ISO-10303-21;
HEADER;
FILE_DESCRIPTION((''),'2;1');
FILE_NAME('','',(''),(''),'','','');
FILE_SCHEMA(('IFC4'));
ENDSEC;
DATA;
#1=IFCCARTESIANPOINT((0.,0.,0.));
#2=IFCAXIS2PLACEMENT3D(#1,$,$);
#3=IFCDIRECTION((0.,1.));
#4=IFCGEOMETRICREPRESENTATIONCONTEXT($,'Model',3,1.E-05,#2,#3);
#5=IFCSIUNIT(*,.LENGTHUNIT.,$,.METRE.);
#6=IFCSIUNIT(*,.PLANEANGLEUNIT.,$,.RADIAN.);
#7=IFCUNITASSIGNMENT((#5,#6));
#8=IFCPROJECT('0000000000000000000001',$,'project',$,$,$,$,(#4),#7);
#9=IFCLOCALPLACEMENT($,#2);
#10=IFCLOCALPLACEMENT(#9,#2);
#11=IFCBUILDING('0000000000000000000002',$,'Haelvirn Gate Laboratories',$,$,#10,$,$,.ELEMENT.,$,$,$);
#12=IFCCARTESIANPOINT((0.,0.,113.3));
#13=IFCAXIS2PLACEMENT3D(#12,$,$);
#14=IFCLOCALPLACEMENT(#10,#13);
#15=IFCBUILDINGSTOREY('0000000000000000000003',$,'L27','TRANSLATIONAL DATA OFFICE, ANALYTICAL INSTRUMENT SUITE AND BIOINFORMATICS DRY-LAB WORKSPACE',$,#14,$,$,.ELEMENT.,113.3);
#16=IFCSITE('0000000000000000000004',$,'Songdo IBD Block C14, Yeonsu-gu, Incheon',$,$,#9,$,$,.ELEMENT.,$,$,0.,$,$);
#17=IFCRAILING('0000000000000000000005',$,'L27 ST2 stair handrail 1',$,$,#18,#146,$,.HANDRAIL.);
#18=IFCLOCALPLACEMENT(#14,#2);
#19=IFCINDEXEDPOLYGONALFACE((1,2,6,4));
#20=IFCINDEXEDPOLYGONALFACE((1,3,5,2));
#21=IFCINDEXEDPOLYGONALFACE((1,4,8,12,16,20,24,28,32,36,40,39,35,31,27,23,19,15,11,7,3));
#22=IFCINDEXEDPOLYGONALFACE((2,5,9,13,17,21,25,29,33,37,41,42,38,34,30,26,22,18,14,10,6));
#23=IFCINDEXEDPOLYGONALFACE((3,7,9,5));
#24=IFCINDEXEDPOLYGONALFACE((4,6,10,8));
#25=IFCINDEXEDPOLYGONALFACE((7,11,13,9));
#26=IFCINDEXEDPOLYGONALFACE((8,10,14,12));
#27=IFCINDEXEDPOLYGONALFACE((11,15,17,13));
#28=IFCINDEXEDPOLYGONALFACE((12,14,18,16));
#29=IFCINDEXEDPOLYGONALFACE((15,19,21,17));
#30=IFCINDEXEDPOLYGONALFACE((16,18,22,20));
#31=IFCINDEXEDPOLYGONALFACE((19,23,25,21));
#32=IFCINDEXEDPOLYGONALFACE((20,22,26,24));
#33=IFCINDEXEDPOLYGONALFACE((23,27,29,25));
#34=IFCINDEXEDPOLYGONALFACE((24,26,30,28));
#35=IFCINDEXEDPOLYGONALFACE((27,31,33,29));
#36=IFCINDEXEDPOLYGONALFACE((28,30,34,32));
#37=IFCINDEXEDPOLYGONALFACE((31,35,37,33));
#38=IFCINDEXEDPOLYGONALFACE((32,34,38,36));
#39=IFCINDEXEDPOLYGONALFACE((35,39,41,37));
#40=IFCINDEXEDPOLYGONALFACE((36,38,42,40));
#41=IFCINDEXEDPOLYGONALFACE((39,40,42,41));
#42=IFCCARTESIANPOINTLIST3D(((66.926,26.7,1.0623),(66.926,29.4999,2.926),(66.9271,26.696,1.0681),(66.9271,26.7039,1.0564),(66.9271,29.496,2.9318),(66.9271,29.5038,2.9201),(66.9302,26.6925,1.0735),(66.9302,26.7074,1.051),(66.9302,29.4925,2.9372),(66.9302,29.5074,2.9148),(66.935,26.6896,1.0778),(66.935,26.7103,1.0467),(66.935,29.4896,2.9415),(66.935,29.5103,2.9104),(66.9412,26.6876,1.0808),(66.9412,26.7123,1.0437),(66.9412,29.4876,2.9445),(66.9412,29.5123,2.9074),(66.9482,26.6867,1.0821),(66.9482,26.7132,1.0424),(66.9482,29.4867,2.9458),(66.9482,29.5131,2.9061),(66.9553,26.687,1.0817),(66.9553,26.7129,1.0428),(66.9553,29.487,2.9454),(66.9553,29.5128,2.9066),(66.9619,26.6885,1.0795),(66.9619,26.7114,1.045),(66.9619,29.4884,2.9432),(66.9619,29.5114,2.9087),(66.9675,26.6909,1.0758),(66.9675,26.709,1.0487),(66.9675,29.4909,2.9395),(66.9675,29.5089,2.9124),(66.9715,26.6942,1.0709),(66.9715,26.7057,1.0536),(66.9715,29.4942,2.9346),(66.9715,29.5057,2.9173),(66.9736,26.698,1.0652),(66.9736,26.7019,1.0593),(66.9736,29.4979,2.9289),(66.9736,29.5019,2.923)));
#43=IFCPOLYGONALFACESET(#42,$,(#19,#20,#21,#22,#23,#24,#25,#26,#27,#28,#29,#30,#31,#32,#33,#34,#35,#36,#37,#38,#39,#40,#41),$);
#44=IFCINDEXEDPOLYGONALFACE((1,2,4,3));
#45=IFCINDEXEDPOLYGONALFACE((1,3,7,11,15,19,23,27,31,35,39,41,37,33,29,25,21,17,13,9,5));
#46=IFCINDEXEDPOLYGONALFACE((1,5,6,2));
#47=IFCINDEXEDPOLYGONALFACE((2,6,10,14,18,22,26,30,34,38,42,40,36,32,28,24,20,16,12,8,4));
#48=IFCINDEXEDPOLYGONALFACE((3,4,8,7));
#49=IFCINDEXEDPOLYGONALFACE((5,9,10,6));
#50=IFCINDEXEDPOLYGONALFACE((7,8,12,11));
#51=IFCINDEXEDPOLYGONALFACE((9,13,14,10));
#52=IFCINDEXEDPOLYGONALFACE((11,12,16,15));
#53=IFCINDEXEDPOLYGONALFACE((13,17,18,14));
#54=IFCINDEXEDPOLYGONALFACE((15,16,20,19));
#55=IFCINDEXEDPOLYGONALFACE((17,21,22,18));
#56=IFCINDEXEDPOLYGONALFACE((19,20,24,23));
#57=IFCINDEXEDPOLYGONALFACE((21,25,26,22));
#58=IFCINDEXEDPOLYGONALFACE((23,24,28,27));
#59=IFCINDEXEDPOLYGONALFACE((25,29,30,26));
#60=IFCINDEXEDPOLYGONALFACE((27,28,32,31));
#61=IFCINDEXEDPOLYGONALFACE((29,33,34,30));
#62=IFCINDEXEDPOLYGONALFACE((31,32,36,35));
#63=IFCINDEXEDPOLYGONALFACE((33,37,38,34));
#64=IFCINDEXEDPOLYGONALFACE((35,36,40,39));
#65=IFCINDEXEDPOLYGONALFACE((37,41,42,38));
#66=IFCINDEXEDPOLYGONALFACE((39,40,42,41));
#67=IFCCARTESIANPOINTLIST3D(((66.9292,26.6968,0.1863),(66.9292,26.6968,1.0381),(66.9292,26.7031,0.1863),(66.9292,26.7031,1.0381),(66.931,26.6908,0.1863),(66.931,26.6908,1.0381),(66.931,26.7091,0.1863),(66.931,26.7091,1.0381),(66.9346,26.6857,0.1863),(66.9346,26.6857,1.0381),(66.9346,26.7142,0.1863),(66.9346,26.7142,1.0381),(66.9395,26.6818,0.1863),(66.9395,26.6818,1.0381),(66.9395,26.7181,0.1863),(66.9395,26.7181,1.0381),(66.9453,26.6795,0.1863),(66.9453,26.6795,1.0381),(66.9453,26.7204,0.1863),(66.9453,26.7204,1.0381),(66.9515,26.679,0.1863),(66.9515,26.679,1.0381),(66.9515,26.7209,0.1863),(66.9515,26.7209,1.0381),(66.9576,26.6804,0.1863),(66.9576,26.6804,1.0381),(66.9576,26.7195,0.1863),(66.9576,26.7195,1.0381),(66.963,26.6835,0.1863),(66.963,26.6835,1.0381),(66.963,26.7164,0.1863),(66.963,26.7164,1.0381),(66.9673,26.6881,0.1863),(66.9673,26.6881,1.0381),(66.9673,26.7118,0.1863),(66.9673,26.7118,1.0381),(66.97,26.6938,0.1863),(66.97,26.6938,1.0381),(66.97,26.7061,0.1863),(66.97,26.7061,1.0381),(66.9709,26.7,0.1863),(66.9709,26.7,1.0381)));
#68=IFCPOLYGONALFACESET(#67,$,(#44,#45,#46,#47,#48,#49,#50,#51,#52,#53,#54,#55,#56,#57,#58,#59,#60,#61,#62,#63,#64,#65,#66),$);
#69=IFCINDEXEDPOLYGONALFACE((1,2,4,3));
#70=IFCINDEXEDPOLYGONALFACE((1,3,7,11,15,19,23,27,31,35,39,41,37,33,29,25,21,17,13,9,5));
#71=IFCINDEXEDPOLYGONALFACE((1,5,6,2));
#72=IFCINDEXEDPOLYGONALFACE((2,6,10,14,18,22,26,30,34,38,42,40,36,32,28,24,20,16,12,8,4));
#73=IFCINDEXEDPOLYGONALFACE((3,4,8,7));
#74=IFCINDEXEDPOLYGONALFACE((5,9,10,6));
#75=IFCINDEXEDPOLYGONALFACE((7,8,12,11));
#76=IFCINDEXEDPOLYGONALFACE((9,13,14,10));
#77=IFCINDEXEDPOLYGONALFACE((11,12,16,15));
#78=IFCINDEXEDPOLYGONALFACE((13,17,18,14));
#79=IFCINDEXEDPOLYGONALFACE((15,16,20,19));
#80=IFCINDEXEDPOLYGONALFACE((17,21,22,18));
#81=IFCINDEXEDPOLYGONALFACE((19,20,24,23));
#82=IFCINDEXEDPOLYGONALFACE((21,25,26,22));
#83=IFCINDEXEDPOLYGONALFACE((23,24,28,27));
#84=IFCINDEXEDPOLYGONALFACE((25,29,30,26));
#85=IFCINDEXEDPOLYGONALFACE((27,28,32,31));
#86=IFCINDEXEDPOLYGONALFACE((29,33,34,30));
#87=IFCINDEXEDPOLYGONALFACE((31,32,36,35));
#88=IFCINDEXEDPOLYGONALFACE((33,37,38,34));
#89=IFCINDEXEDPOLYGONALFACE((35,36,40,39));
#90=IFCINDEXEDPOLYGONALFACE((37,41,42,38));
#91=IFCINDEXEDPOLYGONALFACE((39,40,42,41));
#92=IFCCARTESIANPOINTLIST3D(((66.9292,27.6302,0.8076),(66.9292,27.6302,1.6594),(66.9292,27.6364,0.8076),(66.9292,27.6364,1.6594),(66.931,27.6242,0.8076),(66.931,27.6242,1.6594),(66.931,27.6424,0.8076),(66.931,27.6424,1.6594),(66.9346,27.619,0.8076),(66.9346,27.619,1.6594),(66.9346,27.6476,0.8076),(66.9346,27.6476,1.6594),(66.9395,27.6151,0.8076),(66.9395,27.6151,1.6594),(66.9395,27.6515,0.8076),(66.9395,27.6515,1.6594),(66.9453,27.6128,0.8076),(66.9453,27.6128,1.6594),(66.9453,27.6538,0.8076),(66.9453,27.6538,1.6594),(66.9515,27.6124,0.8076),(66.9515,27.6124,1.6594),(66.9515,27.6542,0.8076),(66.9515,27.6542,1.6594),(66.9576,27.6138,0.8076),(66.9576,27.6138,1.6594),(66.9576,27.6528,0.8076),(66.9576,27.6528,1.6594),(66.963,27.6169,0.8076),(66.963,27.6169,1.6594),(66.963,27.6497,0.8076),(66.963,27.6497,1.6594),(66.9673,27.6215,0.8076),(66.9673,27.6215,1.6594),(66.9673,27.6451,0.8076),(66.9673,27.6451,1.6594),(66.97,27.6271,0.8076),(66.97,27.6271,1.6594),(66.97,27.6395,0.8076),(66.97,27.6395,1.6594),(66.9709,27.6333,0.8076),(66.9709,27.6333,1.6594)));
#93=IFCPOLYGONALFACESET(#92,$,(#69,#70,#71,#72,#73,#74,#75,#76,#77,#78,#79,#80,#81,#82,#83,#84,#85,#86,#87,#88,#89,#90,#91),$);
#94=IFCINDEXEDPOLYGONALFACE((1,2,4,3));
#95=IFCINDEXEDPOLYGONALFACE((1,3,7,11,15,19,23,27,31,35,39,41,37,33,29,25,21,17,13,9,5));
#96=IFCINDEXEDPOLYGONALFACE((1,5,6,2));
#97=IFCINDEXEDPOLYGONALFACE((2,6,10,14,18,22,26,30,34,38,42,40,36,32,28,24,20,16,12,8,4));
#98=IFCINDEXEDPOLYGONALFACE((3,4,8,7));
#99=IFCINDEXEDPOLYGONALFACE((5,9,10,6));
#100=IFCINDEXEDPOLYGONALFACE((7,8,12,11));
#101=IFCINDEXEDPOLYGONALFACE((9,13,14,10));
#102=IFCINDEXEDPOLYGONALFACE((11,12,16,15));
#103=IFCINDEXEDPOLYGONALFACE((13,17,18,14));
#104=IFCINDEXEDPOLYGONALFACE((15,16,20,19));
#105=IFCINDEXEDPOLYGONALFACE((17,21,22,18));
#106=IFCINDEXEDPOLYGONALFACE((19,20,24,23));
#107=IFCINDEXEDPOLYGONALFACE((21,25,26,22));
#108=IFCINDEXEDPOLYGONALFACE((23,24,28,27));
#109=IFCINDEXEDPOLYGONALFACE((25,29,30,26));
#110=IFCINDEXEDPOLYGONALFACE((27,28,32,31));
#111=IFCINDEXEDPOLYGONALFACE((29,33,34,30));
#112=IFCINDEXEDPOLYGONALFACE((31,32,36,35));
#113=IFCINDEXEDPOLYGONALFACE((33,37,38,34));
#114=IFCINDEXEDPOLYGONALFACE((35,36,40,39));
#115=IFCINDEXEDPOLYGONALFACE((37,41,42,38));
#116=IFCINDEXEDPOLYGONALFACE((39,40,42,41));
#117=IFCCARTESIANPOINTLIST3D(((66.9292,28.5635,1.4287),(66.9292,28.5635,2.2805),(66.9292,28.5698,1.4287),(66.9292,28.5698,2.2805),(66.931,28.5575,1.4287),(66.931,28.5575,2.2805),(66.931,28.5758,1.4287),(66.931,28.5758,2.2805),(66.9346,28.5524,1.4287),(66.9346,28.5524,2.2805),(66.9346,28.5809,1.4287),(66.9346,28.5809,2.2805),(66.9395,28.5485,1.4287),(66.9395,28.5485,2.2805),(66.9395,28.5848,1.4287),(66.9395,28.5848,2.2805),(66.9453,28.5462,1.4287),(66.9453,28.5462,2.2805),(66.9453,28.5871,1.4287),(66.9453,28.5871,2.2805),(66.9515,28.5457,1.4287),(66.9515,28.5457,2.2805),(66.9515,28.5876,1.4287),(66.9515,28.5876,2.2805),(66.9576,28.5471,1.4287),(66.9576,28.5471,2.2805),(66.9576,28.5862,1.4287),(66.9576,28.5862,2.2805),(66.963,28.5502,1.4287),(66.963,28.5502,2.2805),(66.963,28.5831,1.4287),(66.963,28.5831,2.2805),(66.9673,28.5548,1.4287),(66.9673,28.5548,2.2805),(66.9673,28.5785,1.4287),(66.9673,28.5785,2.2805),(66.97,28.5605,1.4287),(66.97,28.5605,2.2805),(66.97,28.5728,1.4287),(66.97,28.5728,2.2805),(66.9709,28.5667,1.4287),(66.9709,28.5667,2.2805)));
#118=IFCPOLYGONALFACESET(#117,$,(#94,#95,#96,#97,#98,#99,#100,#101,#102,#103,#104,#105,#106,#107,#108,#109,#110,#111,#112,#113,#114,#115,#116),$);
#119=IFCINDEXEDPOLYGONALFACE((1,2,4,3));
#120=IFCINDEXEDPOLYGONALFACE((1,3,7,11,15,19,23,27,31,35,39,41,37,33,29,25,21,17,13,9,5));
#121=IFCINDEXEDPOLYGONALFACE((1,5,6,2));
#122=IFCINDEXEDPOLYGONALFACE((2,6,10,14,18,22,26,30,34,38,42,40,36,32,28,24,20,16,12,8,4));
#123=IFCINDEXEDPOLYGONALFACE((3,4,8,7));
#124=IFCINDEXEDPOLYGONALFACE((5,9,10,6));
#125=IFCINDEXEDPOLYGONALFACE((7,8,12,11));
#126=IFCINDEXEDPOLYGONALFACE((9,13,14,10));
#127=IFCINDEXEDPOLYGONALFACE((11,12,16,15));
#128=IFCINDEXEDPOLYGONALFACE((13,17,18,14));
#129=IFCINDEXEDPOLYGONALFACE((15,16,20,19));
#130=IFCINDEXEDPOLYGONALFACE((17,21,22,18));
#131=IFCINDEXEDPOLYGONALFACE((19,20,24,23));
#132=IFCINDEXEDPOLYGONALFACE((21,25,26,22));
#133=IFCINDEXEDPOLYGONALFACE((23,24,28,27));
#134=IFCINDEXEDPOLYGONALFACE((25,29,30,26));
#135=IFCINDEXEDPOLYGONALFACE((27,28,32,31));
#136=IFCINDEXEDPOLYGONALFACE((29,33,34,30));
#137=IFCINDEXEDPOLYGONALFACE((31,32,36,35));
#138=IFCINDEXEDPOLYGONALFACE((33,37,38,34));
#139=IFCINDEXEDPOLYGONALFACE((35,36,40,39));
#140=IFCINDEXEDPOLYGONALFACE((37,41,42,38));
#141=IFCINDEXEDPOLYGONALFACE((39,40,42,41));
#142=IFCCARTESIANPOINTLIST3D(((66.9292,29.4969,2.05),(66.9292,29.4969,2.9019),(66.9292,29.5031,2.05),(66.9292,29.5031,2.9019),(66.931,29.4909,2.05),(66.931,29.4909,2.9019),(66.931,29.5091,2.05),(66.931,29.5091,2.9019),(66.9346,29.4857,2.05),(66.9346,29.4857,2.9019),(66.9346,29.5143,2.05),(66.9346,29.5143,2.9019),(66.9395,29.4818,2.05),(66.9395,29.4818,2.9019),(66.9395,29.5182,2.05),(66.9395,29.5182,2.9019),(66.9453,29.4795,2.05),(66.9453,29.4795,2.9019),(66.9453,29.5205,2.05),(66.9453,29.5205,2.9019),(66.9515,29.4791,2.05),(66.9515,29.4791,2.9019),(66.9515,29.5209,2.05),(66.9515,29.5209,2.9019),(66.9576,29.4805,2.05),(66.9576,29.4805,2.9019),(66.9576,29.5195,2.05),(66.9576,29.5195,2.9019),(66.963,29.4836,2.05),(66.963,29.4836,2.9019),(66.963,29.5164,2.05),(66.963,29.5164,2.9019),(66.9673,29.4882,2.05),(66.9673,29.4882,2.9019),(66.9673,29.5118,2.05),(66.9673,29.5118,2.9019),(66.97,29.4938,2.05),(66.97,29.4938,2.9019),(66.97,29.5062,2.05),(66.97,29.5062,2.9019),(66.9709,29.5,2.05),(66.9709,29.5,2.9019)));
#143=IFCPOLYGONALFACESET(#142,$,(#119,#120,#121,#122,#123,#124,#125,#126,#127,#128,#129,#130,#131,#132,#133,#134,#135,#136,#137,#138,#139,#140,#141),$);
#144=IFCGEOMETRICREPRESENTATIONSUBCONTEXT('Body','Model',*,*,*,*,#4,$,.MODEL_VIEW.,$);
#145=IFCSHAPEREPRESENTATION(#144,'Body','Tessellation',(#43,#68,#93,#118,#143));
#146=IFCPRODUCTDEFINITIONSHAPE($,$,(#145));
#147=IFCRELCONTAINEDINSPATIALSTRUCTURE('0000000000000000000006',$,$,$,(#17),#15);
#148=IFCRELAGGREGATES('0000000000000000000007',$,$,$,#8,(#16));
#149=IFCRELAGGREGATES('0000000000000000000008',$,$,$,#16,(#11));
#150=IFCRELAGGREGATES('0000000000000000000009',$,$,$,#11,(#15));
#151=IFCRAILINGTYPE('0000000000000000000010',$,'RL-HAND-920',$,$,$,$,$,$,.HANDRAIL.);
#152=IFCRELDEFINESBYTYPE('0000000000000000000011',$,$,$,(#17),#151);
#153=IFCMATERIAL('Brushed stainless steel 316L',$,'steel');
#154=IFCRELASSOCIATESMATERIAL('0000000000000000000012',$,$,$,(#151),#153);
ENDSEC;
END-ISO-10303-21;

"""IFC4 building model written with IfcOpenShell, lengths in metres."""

from ifc_helpers import new_model, si_unit, direction, frame, origin, origin_2d, place, context, subcontext, project, spatial, circle, extrude, source, transform, mapped, material, type_object, element, save


model = new_model("IFC4")

# Units and contexts
model_context = context("Model", 3, precision=1e-05, world=origin(), true_north=direction((0.0, 1.0)))
body_context = subcontext(model_context, "Body", "Model", "MODEL_VIEW")
ifc_project = project(units=[si_unit("LENGTHUNIT", "METRE"), si_unit("PLANEANGLEUNIT", "RADIAN")], contexts=[model_context])

# Site, building, storey
site_placement = place(None, origin())
site = spatial("IfcSite", under=ifc_project, at=site_placement, Name="Songdo IBD Block C14, Yeonsu-gu, Incheon", CompositionType="ELEMENT", RefElevation=0.0)
building_placement = place(site_placement, origin())
building = spatial("IfcBuilding", under=site, at=building_placement, Name="Haelvirn Gate Laboratories", CompositionType="ELEMENT")
storey_placement = place(building_placement, frame((0.0, 0.0, 113.3)))
storey = spatial("IfcBuildingStorey", under=building, at=storey_placement, Name="L27", Description="TRANSLATIONAL DATA OFFICE, ANALYTICAL INSTRUMENT SUITE AND BIOINFORMATICS DRY-LAB WORKSPACE", CompositionType="ELEMENT", Elevation=113.3)

# Railing
ifc_material_1 = material(Name="Brushed stainless steel 316L", Category="steel")
railing_type_1 = type_object("IfcRailingType", Name="RL-HAND-920", PredefinedType="HANDRAIL", material=ifc_material_1)
shared_shape_1 = source(origin(), body_context, "Body", "SweptSolid", [
    extrude(circle(Radius=0.0239, at=origin_2d()), frame((0.0, 0.0, 0.876), z_axis=(0.0, 0.832452, 0.554097), x_axis=(-1.0, 0.0, 0.0)), (0.0, 0.0, 1.0), 3.3635),
    extrude(circle(Radius=0.021, at=origin_2d()), origin(), (0.0, 0.0, 1.0), 0.8518),
    extrude(circle(Radius=0.021, at=origin_2d()), frame((0.0, 0.9333, 0.6213)), (0.0, 0.0, 1.0), 0.8518),
    extrude(circle(Radius=0.021, at=origin_2d()), frame((0.0, 1.8667, 1.2424)), (0.0, 0.0, 1.0), 0.8518),
    extrude(circle(Radius=0.021, at=origin_2d()), frame((0.0, 2.8, 1.8638)), (0.0, 0.0, 1.0), 0.8518),
])
railing_1_placement = place(storey_placement, frame((66.95, 26.7, 0.1863)))
element("IfcRailing", 1, at=railing_1_placement, inside=storey, type_object=railing_type_1, Name="L27 ST2 stair handrail 1", PredefinedType="HANDRAIL", context=body_context, shape_type="MappedRepresentation", body=[
    mapped(shared_shape_1, transform((0.0, 0.0, 0.0), scale=1.0)),
])

save(model, "model.ifc")
